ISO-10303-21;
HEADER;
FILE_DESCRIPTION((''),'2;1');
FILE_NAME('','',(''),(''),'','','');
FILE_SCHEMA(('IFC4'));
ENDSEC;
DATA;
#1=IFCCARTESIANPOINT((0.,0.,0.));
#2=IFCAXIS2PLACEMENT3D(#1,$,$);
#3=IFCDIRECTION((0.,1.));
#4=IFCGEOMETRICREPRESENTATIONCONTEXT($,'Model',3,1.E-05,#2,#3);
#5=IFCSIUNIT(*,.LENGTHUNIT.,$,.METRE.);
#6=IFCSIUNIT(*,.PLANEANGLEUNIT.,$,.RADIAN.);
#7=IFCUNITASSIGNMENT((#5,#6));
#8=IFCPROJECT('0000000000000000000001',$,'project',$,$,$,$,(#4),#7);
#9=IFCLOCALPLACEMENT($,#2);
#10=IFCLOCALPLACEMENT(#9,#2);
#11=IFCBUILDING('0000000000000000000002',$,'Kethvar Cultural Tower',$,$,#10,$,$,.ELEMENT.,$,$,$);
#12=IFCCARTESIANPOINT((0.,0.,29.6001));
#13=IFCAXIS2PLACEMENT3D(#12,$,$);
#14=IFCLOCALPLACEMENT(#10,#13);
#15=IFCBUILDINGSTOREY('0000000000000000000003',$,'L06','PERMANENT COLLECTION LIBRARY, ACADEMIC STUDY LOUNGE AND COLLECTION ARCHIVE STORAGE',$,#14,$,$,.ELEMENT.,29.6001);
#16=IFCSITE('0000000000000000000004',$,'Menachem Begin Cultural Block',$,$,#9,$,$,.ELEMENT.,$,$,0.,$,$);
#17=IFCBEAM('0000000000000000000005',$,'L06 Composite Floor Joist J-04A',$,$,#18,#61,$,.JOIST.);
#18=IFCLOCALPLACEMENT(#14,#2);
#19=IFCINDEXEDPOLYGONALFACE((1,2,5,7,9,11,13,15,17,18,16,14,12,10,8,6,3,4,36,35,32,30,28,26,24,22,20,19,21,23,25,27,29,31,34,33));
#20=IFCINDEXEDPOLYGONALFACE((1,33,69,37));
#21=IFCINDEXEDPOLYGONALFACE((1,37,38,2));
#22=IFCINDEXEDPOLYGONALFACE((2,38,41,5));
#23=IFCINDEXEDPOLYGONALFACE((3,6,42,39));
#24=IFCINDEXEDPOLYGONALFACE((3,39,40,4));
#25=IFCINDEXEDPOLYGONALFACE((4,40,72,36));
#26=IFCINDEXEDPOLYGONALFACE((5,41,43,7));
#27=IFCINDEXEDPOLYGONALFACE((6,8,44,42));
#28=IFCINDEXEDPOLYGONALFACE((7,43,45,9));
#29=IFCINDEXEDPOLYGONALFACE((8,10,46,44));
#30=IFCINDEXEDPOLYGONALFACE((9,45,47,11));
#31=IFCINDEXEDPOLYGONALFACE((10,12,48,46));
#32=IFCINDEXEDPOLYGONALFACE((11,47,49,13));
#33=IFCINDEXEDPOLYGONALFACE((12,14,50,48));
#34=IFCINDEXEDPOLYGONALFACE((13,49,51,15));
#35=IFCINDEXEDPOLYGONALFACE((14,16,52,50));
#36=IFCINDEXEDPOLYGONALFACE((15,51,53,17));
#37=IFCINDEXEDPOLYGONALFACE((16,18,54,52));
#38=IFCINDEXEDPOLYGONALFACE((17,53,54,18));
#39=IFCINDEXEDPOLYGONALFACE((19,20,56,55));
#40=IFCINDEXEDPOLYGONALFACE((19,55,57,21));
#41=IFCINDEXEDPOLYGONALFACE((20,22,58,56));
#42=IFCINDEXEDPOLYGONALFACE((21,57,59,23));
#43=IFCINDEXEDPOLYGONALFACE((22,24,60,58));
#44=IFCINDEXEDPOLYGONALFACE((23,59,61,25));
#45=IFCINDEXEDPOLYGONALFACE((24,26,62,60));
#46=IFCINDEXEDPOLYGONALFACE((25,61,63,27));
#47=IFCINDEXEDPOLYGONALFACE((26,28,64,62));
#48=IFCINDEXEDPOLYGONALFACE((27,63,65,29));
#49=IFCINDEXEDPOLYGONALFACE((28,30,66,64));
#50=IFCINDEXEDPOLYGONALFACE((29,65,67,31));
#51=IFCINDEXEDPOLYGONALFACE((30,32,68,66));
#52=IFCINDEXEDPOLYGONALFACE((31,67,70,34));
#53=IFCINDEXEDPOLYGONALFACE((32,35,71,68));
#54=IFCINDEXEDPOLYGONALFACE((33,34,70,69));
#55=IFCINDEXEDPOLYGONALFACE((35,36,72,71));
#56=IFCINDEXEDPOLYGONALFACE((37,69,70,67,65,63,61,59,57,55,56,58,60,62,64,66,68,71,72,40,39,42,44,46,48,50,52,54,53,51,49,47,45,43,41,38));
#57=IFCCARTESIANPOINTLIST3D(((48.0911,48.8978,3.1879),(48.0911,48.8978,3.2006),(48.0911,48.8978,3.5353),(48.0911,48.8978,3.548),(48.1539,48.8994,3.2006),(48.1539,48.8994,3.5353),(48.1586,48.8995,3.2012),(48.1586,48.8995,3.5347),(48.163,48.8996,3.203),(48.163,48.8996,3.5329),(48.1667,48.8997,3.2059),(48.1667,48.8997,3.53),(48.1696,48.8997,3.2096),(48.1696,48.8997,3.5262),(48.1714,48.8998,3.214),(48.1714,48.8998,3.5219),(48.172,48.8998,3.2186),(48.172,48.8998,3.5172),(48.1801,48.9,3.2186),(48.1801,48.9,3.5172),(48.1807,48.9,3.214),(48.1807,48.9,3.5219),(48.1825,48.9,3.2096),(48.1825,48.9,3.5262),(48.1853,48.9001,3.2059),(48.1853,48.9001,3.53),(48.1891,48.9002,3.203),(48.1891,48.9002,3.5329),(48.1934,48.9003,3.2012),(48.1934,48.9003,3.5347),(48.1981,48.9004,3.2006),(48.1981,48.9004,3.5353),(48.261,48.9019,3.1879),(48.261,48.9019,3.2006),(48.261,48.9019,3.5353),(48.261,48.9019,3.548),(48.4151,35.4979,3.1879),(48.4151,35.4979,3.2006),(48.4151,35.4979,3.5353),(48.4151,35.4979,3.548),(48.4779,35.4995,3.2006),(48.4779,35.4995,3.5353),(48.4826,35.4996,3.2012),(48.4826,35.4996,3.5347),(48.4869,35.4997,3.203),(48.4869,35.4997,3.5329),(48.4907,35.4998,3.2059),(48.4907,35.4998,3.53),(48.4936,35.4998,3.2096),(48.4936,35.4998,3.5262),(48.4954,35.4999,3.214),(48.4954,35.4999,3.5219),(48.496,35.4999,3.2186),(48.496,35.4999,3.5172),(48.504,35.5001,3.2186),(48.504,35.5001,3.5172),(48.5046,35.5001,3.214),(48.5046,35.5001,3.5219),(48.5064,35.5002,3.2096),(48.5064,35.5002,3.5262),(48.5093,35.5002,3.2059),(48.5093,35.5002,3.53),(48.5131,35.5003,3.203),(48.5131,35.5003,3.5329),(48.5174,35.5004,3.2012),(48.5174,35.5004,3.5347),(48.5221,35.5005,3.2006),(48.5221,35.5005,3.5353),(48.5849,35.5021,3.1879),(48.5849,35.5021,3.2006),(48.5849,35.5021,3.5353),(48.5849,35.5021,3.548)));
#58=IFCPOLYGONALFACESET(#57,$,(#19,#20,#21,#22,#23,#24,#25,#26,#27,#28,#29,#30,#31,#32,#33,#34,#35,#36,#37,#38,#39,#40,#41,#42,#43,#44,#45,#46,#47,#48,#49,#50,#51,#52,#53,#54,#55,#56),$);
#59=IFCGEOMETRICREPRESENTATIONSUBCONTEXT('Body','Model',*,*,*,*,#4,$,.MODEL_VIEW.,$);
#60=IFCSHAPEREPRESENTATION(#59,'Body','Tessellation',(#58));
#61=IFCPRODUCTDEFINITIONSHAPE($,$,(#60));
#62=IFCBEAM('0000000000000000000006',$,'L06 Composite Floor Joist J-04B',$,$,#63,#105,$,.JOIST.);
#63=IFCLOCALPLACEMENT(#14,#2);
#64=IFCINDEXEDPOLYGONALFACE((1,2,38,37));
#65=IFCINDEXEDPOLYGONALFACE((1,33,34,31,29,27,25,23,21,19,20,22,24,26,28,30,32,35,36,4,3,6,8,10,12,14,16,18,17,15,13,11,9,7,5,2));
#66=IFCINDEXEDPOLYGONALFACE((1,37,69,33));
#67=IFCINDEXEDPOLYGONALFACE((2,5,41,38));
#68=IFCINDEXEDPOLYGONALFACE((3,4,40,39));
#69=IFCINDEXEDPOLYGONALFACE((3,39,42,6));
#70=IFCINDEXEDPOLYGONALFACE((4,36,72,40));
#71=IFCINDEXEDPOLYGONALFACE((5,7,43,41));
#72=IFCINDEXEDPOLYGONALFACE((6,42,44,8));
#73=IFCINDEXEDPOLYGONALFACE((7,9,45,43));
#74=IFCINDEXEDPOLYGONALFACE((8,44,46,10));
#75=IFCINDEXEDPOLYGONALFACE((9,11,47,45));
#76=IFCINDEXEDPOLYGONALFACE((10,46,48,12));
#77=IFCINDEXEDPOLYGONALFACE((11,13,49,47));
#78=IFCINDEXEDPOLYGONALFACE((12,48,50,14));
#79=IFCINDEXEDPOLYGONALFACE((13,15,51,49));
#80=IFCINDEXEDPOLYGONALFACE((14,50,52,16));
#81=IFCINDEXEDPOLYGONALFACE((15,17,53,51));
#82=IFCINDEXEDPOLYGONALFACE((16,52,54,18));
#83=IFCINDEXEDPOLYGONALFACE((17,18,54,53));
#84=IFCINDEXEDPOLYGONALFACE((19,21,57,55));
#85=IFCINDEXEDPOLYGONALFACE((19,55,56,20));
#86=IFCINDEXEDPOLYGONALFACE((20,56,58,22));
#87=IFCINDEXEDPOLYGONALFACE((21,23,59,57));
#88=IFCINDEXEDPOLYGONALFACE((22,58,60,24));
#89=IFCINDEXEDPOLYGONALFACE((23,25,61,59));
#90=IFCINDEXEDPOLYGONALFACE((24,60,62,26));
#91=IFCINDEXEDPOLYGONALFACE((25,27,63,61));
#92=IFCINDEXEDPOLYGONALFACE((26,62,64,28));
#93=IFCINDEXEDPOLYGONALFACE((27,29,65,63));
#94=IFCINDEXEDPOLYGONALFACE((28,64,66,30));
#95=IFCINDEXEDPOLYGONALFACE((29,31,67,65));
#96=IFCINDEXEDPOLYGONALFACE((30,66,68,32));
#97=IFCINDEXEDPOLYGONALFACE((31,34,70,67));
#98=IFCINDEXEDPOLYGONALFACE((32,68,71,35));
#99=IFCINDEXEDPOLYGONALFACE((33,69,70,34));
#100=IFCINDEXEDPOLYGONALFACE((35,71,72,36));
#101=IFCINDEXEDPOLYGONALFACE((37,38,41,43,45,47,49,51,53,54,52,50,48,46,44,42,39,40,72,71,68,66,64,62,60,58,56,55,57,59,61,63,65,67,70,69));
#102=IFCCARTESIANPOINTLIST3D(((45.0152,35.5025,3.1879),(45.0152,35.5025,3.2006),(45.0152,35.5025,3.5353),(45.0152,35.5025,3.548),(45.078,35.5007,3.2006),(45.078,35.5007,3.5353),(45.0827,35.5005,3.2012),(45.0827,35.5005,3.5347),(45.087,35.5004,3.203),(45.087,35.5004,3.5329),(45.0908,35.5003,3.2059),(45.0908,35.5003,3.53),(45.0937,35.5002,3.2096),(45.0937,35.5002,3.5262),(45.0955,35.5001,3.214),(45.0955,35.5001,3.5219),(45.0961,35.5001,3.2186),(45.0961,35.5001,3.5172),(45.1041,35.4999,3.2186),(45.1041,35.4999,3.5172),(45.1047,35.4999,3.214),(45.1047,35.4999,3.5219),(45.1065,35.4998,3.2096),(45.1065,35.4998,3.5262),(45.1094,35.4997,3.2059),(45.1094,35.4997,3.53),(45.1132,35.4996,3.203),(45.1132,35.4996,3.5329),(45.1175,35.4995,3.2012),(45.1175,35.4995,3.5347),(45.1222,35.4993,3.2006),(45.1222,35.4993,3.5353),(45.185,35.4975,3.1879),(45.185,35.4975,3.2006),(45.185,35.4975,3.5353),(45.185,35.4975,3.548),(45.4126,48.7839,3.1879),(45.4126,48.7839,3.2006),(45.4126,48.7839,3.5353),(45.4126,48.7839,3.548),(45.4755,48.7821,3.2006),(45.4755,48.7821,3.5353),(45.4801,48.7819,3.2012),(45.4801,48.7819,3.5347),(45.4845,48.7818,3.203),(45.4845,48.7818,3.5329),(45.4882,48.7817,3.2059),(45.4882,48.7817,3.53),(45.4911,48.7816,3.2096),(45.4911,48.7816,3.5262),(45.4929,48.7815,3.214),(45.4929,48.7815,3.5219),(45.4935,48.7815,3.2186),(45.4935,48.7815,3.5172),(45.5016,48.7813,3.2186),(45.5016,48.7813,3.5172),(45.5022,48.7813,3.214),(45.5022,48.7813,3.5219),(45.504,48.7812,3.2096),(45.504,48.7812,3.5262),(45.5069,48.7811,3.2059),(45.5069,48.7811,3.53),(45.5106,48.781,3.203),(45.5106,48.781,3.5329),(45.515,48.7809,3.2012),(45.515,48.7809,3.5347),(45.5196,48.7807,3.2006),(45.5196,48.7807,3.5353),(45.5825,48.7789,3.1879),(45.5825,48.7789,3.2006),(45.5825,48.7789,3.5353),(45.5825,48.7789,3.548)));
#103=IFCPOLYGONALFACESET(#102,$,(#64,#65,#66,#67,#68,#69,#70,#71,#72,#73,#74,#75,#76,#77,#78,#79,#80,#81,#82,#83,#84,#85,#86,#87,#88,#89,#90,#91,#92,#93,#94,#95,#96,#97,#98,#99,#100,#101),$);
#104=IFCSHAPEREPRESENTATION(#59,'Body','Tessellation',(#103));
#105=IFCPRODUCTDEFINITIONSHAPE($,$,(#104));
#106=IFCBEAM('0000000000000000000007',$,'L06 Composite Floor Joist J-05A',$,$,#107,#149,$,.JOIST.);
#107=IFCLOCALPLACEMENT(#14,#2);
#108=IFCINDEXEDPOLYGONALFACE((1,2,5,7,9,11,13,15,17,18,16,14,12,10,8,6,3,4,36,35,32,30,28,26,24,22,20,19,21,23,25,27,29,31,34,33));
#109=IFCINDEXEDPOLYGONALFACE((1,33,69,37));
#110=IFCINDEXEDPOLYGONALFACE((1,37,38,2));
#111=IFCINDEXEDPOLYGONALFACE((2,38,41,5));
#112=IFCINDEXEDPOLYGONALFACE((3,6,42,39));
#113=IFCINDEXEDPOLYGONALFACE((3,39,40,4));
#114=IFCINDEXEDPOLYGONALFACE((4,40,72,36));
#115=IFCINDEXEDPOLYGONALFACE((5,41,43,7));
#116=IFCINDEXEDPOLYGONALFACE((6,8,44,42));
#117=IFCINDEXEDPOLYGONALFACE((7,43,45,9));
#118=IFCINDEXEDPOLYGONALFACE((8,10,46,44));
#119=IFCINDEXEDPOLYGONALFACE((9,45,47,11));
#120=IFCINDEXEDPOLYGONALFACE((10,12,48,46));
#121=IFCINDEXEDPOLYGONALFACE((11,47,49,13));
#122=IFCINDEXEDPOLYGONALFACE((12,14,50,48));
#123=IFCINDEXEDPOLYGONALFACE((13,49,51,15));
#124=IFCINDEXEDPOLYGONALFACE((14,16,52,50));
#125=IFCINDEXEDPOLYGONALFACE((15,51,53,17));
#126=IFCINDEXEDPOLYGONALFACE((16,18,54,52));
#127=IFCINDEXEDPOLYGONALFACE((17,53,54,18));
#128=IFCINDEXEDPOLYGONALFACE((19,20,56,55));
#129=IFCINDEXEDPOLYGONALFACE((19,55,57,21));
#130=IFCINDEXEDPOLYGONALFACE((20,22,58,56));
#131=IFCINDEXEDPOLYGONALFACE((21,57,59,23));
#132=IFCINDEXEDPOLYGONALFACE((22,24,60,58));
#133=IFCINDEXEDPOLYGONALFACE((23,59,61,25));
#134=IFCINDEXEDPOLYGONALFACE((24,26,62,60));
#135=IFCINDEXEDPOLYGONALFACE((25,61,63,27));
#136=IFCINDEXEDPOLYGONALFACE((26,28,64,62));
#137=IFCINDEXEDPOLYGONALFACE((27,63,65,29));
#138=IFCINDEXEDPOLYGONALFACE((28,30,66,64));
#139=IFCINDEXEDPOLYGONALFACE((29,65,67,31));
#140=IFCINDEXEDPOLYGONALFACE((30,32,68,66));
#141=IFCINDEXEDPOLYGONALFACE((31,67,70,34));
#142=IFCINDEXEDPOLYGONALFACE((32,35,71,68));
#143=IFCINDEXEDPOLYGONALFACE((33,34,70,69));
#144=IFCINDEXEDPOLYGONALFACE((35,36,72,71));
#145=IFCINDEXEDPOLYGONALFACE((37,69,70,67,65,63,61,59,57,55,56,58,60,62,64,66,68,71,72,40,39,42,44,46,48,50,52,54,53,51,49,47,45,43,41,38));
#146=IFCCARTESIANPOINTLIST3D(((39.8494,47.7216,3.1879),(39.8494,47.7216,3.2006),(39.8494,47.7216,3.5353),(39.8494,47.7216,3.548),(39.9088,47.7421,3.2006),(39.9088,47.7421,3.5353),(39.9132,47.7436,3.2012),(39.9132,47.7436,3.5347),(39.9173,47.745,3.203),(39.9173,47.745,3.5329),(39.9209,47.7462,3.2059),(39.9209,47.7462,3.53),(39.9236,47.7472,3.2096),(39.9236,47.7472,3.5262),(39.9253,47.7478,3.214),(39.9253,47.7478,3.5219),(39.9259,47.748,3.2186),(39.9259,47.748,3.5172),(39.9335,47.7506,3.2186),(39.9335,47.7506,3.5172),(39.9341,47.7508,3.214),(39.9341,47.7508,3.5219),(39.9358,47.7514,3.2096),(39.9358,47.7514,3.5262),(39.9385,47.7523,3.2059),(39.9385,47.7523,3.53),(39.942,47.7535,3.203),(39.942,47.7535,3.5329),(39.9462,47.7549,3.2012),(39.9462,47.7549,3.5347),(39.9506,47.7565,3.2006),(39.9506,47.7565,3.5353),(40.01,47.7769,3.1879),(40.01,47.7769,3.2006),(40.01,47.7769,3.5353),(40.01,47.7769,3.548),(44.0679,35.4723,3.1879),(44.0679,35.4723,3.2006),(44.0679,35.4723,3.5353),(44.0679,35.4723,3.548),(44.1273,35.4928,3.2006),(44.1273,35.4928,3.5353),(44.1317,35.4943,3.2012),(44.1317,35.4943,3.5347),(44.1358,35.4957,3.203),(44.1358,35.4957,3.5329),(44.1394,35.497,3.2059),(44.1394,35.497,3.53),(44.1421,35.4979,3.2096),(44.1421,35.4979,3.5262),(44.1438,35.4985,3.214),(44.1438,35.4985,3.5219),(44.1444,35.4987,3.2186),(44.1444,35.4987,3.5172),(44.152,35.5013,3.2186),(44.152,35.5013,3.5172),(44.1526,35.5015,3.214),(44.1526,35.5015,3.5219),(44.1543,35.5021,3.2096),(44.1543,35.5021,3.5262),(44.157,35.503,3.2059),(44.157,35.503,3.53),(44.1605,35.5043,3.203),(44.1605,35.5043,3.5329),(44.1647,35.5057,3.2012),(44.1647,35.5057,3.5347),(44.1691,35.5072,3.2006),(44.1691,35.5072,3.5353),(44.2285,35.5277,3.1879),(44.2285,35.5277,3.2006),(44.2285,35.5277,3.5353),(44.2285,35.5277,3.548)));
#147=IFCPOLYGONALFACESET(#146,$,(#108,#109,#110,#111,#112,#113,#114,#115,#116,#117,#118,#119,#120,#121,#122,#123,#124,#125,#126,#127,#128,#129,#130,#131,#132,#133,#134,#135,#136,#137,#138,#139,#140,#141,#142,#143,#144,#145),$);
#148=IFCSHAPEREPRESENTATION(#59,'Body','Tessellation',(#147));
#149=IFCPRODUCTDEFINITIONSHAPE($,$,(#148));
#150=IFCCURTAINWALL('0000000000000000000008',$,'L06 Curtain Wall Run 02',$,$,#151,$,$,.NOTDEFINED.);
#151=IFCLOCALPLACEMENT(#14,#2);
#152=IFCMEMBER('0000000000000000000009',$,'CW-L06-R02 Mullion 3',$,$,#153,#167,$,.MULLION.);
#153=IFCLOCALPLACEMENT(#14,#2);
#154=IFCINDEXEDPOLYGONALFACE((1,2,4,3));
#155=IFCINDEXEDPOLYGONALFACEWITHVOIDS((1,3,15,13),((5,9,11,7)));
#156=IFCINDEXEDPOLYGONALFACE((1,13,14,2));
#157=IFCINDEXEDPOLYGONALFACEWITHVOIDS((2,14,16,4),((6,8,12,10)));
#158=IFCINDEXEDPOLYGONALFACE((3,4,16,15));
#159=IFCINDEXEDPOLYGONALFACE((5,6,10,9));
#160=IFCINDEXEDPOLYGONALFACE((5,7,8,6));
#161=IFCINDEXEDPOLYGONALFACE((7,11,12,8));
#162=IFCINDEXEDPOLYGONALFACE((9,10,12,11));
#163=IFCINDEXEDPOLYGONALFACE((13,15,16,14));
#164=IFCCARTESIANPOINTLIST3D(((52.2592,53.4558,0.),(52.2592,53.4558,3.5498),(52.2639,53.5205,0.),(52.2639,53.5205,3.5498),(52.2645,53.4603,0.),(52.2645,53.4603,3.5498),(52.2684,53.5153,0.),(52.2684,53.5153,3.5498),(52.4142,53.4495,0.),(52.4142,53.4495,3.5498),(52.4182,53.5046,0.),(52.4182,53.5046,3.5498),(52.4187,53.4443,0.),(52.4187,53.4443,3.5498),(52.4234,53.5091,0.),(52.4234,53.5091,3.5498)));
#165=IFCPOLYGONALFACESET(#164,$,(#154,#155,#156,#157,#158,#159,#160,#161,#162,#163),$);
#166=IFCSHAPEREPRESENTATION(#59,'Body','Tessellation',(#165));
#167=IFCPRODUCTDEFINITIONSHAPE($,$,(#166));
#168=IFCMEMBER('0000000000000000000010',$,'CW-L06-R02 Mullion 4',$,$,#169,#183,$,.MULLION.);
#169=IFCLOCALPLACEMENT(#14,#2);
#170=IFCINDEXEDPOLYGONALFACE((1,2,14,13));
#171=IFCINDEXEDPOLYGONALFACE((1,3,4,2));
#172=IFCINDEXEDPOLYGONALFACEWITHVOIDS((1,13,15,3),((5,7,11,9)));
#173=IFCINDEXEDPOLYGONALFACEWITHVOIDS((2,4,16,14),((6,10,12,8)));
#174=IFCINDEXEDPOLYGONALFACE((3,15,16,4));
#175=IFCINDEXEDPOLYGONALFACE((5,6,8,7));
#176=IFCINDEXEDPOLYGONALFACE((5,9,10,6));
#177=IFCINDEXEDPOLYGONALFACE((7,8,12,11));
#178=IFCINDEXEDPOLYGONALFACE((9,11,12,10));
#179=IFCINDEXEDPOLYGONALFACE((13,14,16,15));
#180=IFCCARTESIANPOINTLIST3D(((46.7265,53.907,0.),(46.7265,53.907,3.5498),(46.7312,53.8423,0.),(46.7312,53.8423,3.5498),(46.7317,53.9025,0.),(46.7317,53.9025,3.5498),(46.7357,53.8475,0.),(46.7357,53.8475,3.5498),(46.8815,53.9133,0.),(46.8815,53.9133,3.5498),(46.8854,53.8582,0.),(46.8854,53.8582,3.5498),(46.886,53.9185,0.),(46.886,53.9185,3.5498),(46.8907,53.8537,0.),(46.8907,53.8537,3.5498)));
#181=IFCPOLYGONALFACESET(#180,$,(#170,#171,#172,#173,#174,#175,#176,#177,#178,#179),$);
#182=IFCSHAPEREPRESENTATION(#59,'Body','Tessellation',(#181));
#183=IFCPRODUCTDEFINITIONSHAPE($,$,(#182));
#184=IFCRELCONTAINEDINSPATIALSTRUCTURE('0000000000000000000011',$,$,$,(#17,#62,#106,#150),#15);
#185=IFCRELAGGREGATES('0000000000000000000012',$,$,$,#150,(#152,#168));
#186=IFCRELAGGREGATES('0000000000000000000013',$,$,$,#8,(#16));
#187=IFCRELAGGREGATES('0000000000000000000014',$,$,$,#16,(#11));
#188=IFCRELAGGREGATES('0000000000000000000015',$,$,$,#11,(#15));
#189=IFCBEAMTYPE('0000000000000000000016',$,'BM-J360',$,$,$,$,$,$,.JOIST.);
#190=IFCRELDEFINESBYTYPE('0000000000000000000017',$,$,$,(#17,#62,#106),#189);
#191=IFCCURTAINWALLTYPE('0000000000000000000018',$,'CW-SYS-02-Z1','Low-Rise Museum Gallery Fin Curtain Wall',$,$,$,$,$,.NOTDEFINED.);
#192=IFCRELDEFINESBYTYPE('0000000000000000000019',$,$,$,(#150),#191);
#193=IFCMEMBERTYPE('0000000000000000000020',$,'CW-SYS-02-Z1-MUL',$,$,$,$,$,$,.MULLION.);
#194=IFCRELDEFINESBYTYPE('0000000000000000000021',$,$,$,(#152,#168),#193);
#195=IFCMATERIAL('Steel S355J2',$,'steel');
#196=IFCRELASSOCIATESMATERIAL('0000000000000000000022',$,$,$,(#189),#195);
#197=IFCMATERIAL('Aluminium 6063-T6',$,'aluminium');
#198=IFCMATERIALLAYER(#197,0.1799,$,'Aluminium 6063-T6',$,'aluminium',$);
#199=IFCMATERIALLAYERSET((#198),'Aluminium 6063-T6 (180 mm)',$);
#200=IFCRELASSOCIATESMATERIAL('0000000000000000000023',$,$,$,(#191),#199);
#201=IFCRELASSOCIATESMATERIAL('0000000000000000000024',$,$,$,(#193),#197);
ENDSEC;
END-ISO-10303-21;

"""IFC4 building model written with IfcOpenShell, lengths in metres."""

from ifc_helpers import new_model, si_unit, direction, frame, origin, origin_2d, place, context, subcontext, project, spatial, hollow_rectangle, i_section, extrude, source, transform, mapped, material, layer, layer_set, material_profile, profile_set, type_object, element, aggregate, save


model = new_model("IFC4")

# Units and contexts
model_context = context("Model", 3, precision=1e-05, world=origin(), true_north=direction((0.0, 1.0)))
body_context = subcontext(model_context, "Body", "Model", "MODEL_VIEW")
ifc_project = project(units=[si_unit("LENGTHUNIT", "METRE"), si_unit("PLANEANGLEUNIT", "RADIAN")], contexts=[model_context])

# Site, building, storey
site_placement = place(None, origin())
site = spatial("IfcSite", under=ifc_project, at=site_placement, Name="Menachem Begin Cultural Block", CompositionType="ELEMENT", RefElevation=0.0)
building_placement = place(site_placement, origin())
building = spatial("IfcBuilding", under=site, at=building_placement, Name="Kethvar Cultural Tower", CompositionType="ELEMENT")
storey_placement = place(building_placement, frame((0.0, 0.0, 29.6001)))
storey = spatial("IfcBuildingStorey", under=building, at=storey_placement, Name="L06", Description="PERMANENT COLLECTION LIBRARY, ACADEMIC STUDY LOUNGE AND COLLECTION ARCHIVE STORAGE", CompositionType="ELEMENT", Elevation=29.6001)

# Beams
ifc_material_1 = material(Name="Steel S355J2", Category="steel")
ifc_material_profile_1 = material_profile(ifc_material_1, i_section(OverallWidth=0.1699, OverallDepth=0.3601, WebThickness=0.0081, FlangeThickness=0.0127, FilletRadius=0.0181, at=origin_2d()), Name="Steel S355J2 — IPE360")
ifc_profile_set_1 = profile_set([ifc_material_profile_1], Name="Steel S355J2 — IPE360")
beam_type_1 = type_object("IfcBeamType", Name="BM-J360", PredefinedType="JOIST", material=ifc_profile_set_1)
shared_shape_1 = source(origin(), body_context, "Body", "SweptSolid", [
    extrude(i_section(OverallWidth=0.1699, OverallDepth=0.3601, WebThickness=0.0081, FlangeThickness=0.0127, FilletRadius=0.0181, at=origin_2d()), origin(), (0.0, 0.0, 1.0), 13.4038),
])
beam_1_placement = place(storey_placement, frame((48.5, 35.5, 3.3679), z_axis=(-0.02417, 0.999708, 0.0), x_axis=(-0.999708, -0.02417, 0.0)))
element("IfcBeam", 1, at=beam_1_placement, inside=storey, type_object=beam_type_1, Name="L06 Composite Floor Joist J-04A", PredefinedType="JOIST", context=body_context, shape_type="MappedRepresentation", body=[
    mapped(shared_shape_1, transform((0.0, 0.0, 0.0), scale=1.0)),
])
shared_shape_2 = source(origin(), body_context, "Body", "SweptSolid", [
    extrude(i_section(OverallWidth=0.1699, OverallDepth=0.3601, WebThickness=0.0081, FlangeThickness=0.0127, FilletRadius=0.0181, at=origin_2d()), origin(), (0.0, 0.0, 1.0), 13.2874),
])
beam_2_placement = place(storey_placement, frame((45.1001, 35.5, 3.3679), z_axis=(0.029913, 0.999553, 0.0), x_axis=(-0.999553, 0.029913, 0.0)))
element("IfcBeam", 2, at=beam_2_placement, inside=storey, type_object=beam_type_1, Name="L06 Composite Floor Joist J-04B", PredefinedType="JOIST", context=body_context, shape_type="MappedRepresentation", body=[
    mapped(shared_shape_2, transform((0.0, 0.0, 0.0), scale=1.0)),
])
shared_shape_3 = source(origin(), body_context, "Body", "SweptSolid", [
    extrude(i_section(OverallWidth=0.1699, OverallDepth=0.3601, WebThickness=0.0081, FlangeThickness=0.0127, FilletRadius=0.0181, at=origin_2d()), origin(), (0.0, 0.0, 1.0), 12.9553),
])
beam_3_placement = place(storey_placement, frame((44.1482, 35.5, 3.3679), z_axis=(-0.32562, 0.945501, 0.0), x_axis=(-0.945501, -0.32562, 0.0)))
element("IfcBeam", 3, at=beam_3_placement, inside=storey, type_object=beam_type_1, Name="L06 Composite Floor Joist J-05A", PredefinedType="JOIST", context=body_context, shape_type="MappedRepresentation", body=[
    mapped(shared_shape_3, transform((0.0, 0.0, 0.0), scale=1.0)),
])

# Curtain wall, members
ifc_material_2 = material(Name="Aluminium 6063-T6", Category="aluminium")
ifc_layer_1 = layer(ifc_material_2, 0.1799, Name="Aluminium 6063-T6", Category="aluminium")
ifc_layer_set_1 = layer_set([ifc_layer_1], Name="Aluminium 6063-T6 (180 mm)")
curtain_wall_type = type_object("IfcCurtainWallType", Name="CW-SYS-02-Z1", Description="Low-Rise Museum Gallery Fin Curtain Wall", PredefinedType="NOTDEFINED", material=ifc_layer_set_1)
curtain_wall_placement = place(storey_placement, origin())
curtain_wall = element("IfcCurtainWall", 4, at=curtain_wall_placement, inside=storey, type_object=curtain_wall_type, Name="L06 Curtain Wall Run 02", PredefinedType="NOTDEFINED")
ifc_material_profile_2 = material_profile(ifc_material_2, hollow_rectangle(XDim=0.0649, YDim=0.1599, WallThickness=0.0049, at=origin_2d()), Name="Aluminium 6063-T6 — RHS160x65x5")
ifc_profile_set_2 = profile_set([ifc_material_profile_2], Name="Aluminium 6063-T6 — RHS160x65x5")
member_type_1 = type_object("IfcMemberType", Name="CW-SYS-02-Z1-MUL", PredefinedType="MULLION", material=ifc_profile_set_2)
shared_shape_4 = source(origin(), body_context, "Body", "SweptSolid", [
    extrude(hollow_rectangle(XDim=0.0649, YDim=0.1599, WallThickness=0.0049, at=origin_2d()), origin(), (0.0, 0.0, 1.0), 3.5498),
])
member_1_placement = place(storey_placement, frame((52.3413, 53.4824, 0.0), z_axis=(0.0, 0.0, 1.0), x_axis=(-0.071532, -0.997438, 0.0)))
member_1 = element("IfcMember", 5, at=member_1_placement, type_object=member_type_1, Name="CW-L06-R02 Mullion 3", PredefinedType="MULLION", context=body_context, shape_type="MappedRepresentation", body=[
    mapped(shared_shape_4, transform((0.0, 0.0, 0.0), scale=1.0)),
])
member_2_placement = place(storey_placement, frame((46.8086, 53.8804, 0.0), z_axis=(0.0, 0.0, 1.0), x_axis=(0.071532, -0.997438, 0.0)))
member_2 = element("IfcMember", 6, at=member_2_placement, type_object=member_type_1, Name="CW-L06-R02 Mullion 4", PredefinedType="MULLION", context=body_context, shape_type="MappedRepresentation", body=[
    mapped(shared_shape_4, transform((0.0, 0.0, 0.0), scale=1.0)),
])
aggregate(curtain_wall, [member_1, member_2])

save(model, "model.ifc")
